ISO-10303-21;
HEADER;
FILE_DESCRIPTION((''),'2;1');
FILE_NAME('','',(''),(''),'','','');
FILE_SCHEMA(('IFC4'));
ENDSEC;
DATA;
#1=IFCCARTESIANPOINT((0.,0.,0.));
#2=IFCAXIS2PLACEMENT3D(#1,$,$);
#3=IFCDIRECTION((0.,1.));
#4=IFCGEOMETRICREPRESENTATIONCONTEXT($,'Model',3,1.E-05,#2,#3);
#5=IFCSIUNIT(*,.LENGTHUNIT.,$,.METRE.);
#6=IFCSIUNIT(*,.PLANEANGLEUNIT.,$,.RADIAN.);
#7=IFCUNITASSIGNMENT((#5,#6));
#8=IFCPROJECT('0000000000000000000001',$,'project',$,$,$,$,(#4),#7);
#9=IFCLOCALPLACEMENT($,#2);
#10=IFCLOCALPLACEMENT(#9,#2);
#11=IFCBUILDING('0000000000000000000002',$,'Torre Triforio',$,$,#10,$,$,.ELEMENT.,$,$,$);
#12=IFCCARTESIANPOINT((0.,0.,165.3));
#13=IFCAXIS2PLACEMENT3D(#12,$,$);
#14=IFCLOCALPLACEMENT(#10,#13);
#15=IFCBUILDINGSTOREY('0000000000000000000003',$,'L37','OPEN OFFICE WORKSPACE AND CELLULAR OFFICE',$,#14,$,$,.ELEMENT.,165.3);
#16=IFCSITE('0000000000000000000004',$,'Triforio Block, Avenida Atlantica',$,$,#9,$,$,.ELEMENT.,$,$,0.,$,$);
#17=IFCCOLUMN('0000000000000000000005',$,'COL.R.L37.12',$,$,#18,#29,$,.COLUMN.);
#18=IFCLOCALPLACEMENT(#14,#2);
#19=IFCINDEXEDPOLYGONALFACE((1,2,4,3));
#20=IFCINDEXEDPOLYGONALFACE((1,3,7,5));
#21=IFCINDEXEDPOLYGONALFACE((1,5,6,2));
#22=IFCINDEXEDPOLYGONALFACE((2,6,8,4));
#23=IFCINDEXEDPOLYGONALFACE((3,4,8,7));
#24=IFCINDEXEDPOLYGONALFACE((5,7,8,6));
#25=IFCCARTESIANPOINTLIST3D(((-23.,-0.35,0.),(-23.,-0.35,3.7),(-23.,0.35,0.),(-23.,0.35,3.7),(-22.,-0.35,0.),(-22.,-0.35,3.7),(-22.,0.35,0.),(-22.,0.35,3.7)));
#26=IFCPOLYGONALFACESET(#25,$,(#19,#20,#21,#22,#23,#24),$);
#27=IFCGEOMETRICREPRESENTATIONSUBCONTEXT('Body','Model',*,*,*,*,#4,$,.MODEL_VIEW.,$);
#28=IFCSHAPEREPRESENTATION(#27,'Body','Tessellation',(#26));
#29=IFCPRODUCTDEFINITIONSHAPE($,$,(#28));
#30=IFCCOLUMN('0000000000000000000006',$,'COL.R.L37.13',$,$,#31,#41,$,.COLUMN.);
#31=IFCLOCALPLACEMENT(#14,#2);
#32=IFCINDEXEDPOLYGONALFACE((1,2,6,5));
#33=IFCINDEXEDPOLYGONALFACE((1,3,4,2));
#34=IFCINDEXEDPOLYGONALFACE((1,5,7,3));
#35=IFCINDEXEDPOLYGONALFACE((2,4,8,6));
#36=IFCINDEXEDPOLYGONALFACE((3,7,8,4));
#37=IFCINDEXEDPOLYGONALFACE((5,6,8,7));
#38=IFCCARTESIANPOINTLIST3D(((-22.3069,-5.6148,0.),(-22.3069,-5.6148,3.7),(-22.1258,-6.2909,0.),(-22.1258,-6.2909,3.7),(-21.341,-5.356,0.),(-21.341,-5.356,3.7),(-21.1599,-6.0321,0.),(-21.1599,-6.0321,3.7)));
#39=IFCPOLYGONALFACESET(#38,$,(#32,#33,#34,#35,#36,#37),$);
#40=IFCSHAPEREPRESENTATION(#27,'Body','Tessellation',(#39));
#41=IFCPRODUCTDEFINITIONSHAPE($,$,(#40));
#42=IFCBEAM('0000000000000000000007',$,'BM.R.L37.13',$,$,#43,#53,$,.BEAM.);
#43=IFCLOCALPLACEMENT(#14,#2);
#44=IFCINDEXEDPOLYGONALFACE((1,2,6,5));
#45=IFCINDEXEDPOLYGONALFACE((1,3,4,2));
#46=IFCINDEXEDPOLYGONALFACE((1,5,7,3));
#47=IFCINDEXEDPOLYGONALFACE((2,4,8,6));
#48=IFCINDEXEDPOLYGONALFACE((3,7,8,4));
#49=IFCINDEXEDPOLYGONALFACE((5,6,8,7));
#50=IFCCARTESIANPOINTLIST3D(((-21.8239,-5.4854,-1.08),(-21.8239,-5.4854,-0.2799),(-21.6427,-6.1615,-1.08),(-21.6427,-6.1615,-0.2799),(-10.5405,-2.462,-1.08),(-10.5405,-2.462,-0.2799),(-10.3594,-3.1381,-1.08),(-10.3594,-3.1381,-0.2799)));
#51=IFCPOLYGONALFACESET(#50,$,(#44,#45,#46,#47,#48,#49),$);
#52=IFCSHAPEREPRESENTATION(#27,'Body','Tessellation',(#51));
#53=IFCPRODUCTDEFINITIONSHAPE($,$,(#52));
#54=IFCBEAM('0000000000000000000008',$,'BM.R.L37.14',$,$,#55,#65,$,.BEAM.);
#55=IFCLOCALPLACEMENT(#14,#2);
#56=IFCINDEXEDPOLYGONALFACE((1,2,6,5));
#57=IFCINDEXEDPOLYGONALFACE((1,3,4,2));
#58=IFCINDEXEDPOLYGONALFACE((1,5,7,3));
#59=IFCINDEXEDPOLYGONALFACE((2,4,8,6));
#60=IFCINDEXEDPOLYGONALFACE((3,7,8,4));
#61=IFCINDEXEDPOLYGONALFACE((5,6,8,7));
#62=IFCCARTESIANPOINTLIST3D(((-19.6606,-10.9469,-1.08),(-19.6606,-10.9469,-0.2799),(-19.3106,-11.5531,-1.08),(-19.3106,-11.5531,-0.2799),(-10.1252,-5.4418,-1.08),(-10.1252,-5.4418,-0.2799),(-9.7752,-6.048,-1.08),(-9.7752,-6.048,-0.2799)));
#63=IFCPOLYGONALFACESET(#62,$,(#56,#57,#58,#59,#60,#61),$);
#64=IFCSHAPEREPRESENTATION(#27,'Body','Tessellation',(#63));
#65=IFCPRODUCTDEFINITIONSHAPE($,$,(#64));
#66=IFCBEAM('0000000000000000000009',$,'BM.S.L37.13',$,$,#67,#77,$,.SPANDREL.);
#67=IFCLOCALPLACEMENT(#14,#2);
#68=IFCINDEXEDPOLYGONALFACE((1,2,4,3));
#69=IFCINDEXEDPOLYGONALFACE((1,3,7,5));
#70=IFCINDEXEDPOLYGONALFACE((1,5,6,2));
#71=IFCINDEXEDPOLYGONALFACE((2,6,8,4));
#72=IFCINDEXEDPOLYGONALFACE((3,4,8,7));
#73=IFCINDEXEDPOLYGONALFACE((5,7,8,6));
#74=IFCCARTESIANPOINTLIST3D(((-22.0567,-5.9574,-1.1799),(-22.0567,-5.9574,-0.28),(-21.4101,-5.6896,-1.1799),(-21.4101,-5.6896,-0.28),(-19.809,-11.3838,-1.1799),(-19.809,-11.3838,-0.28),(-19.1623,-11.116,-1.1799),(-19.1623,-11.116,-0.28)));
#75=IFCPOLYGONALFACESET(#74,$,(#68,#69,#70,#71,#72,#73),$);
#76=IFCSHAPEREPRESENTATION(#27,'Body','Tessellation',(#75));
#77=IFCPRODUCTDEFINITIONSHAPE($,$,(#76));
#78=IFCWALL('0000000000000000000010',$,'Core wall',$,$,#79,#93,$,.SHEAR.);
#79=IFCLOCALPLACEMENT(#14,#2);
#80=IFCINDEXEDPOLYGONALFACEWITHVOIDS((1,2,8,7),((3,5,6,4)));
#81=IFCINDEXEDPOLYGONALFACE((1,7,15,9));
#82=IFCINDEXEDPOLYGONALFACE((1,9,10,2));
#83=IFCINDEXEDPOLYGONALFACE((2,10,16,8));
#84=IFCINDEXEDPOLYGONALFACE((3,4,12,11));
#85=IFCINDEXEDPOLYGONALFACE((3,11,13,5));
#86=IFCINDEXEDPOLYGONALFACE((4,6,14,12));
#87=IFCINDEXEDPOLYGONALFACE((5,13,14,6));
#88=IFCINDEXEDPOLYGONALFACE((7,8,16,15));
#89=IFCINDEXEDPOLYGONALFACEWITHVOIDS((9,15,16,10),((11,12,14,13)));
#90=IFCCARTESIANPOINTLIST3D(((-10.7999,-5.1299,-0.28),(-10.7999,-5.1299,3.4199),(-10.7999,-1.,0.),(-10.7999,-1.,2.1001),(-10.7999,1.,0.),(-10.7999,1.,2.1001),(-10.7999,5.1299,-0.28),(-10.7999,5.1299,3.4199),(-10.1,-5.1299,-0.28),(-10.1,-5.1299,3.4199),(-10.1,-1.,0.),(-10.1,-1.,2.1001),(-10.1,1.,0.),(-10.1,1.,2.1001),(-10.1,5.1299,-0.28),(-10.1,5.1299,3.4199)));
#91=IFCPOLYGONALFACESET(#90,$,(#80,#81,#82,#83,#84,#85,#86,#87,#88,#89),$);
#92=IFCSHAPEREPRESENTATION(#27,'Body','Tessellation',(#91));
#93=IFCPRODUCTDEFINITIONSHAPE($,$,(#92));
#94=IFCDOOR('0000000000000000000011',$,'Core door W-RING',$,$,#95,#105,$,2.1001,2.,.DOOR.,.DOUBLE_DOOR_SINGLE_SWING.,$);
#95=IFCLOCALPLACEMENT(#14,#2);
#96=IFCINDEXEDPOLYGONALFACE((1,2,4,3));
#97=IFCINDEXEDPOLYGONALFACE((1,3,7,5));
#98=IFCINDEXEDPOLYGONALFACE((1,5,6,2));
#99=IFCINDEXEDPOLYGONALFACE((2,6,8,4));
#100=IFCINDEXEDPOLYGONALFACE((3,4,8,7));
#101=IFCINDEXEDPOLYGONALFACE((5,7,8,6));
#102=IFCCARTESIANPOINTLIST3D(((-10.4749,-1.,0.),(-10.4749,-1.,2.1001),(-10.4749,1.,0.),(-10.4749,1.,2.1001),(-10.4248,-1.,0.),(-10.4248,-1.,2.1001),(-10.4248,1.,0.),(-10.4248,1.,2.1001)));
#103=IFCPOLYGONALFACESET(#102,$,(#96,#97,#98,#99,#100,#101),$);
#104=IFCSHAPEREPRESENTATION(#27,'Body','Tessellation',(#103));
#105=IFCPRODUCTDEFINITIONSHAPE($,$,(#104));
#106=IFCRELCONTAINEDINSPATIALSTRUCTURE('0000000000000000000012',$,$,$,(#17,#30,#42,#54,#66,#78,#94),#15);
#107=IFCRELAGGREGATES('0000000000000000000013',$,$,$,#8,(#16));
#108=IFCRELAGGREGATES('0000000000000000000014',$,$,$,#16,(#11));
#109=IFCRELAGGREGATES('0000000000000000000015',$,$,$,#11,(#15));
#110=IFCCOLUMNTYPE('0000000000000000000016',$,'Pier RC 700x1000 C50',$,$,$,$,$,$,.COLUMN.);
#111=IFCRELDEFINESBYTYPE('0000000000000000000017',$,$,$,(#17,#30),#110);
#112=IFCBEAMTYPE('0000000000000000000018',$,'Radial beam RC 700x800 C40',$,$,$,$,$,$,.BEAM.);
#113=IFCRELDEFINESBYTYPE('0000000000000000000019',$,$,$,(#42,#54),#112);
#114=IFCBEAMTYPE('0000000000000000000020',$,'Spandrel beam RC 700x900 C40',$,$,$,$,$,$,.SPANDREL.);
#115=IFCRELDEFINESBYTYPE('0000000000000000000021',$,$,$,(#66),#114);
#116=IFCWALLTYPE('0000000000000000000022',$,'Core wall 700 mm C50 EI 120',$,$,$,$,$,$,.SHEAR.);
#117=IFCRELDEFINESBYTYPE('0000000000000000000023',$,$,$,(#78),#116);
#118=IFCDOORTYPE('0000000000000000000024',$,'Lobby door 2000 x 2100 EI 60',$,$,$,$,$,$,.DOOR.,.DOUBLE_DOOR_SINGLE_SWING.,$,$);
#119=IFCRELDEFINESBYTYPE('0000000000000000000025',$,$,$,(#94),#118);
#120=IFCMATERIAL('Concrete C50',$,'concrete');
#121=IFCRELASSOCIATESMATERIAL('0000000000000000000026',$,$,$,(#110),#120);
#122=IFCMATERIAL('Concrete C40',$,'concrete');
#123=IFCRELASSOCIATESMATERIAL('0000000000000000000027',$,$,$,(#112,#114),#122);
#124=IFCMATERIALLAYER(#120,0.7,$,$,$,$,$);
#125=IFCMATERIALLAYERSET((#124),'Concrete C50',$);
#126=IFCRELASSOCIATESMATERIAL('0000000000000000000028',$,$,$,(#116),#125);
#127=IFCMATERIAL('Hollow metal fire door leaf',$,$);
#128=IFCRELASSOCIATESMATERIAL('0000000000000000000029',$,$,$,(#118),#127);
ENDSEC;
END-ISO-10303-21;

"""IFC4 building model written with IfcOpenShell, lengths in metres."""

from ifc_helpers import new_model, si_unit, direction, frame, frame_2d, origin, origin_2d, place, context, subcontext, project, spatial, rectangle, extrude, material, layer, layer_set, material_profile, profile_set, type_object, element, fill, save


model = new_model("IFC4")

# Units and contexts
model_context = context("Model", 3, precision=1e-05, world=origin(), true_north=direction((0.0, 1.0)))
body_context = subcontext(model_context, "Body", "Model", "MODEL_VIEW")
ifc_project = project(units=[si_unit("LENGTHUNIT", "METRE"), si_unit("PLANEANGLEUNIT", "RADIAN")], contexts=[model_context])

# Site, building, storey
site_placement = place(None, origin())
site = spatial("IfcSite", under=ifc_project, at=site_placement, Name="Triforio Block, Avenida Atlantica", CompositionType="ELEMENT", RefElevation=0.0)
building_placement = place(site_placement, origin())
building = spatial("IfcBuilding", under=site, at=building_placement, Name="Torre Triforio", CompositionType="ELEMENT")
storey_placement = place(building_placement, frame((0.0, 0.0, 165.3)))
storey = spatial("IfcBuildingStorey", under=building, at=storey_placement, Name="L37", Description="OPEN OFFICE WORKSPACE AND CELLULAR OFFICE", CompositionType="ELEMENT", Elevation=165.3)

# Columns
ifc_material_1 = material(Name="Concrete C50", Category="concrete")
ifc_material_profile_1 = material_profile(ifc_material_1, rectangle(XDim=0.7, YDim=1.0, at=origin_2d()), Name="RC 700x1000")
ifc_profile_set_1 = profile_set([ifc_material_profile_1], Name="Concrete C50")
column_type = type_object("IfcColumnType", Name="Pier RC 700x1000 C50", PredefinedType="COLUMN", material=ifc_profile_set_1)
for number, where, z_axis, x_axis, name in (
    (1, (-22.5, 0.0, 0.0), (0.0, 0.0, 1.0), (0.0, -1.0, 0.0), "COL.R.L37.12"),
    (2, (-21.7334, -5.8235, 0.0), (0.0, 0.0, 1.0), (0.258819, -0.965926, 0.0), "COL.R.L37.13"),
):
    element("IfcColumn", number, at=place(storey_placement, frame(where, z_axis=z_axis, x_axis=x_axis)), inside=storey, type_object=column_type, Name=name, PredefinedType="COLUMN", context=body_context, shape_type="SweptSolid", body=[
        extrude(rectangle(XDim=0.7, YDim=1.0, at=origin_2d()), origin(), (0.0, 0.0, 1.0), 3.7),
    ])

# Beams
ifc_material_2 = material(Name="Concrete C40", Category="concrete")
ifc_material_profile_2 = material_profile(ifc_material_2, rectangle(XDim=0.7, YDim=0.8, at=origin_2d()), Name="RC 700x800")
ifc_profile_set_2 = profile_set([ifc_material_profile_2], Name="Concrete C40")
beam_type_1 = type_object("IfcBeamType", Name="Radial beam RC 700x800 C40", PredefinedType="BEAM", material=ifc_profile_set_2)
beam_1_placement = place(storey_placement, frame((-10.45, -2.8, -0.6799), z_axis=(-0.965925, -0.258823, 0.0), x_axis=(0.258823, -0.965925, 0.0)))
element("IfcBeam", 3, at=beam_1_placement, inside=storey, type_object=beam_type_1, Name="BM.R.L37.13", PredefinedType="BEAM", context=body_context, shape_type="SweptSolid", body=[
    extrude(rectangle(XDim=0.7, YDim=0.8, at=origin_2d()), origin(), (0.0, 0.0, 1.0), 11.6814),
])
beam_2_placement = place(storey_placement, frame((-9.9502, -5.7449, -0.6799), z_axis=(-0.866031, -0.499991, 0.0), x_axis=(0.499991, -0.866031, 0.0)))
element("IfcBeam", 4, at=beam_2_placement, inside=storey, type_object=beam_type_1, Name="BM.R.L37.14", PredefinedType="BEAM", context=body_context, shape_type="SweptSolid", body=[
    extrude(rectangle(XDim=0.7, YDim=0.8, at=origin_2d()), origin(), (0.0, 0.0, 1.0), 11.0105),
])
ifc_material_profile_3 = material_profile(ifc_material_2, rectangle(XDim=0.7, YDim=0.8999, at=origin_2d()), Name="RC 700x900")
ifc_profile_set_3 = profile_set([ifc_material_profile_3], Name="Concrete C40")
beam_type_2 = type_object("IfcBeamType", Name="Spandrel beam RC 700x900 C40", PredefinedType="SPANDREL", material=ifc_profile_set_3)
beam_3_placement = place(storey_placement, frame((-21.7334, -5.8235, -0.73), z_axis=(0.382693, -0.923875, 0.0), x_axis=(0.923875, 0.382693, 0.0)))
element("IfcBeam", 5, at=beam_3_placement, inside=storey, type_object=beam_type_2, Name="BM.S.L37.13", PredefinedType="SPANDREL", context=body_context, shape_type="SweptSolid", body=[
    extrude(rectangle(XDim=0.7, YDim=0.8999, at=origin_2d()), origin(), (0.0, 0.0, 1.0), 5.8735),
])

# Wall, opening, door
ifc_layer_1 = layer(ifc_material_1, 0.7)
ifc_layer_set_1 = layer_set([ifc_layer_1], Name="Concrete C50")
wall_type_1 = type_object("IfcWallType", Name="Core wall 700 mm C50 EI 120", PredefinedType="SHEAR", material=ifc_layer_set_1)
wall_1_placement = place(storey_placement, frame((-10.45, -5.1299, -0.28), z_axis=(0.0, 0.0, 1.0), x_axis=(0.0, 1.0, 0.0)))
wall_1 = element("IfcWall", 6, at=wall_1_placement, inside=storey, type_object=wall_type_1, Name="Core wall", PredefinedType="SHEAR", context=body_context, shape_type="SweptSolid", body=[
    extrude(rectangle(XDim=10.2598, YDim=0.7, at=frame_2d((5.1299, 0.0))), origin(), (0.0, 0.0, 1.0), 3.7),
])
opening_1_placement = place(wall_1_placement, frame((4.1299, 0.0, 0.28)))
opening_1 = element("IfcOpeningElement", 7, at=opening_1_placement, cuts=wall_1, PredefinedType="OPENING", context=body_context, shape_type="SweptSolid", body=[
    extrude(rectangle(XDim=2.0, YDim=2.1001, at=frame_2d((1.0, 1.05))), frame((0.0, 0.3599, 0.0), z_axis=(0.0, -1.0, 0.0), x_axis=(1.0, 0.0, 0.0)), (0.0, 0.0, 1.0), 0.72),
])
ifc_material_3 = material(Name="Hollow metal fire door leaf")
door_type_1 = type_object("IfcDoorType", Name="Lobby door 2000 x 2100 EI 60", OperationType="DOUBLE_DOOR_SINGLE_SWING", PredefinedType="DOOR", material=ifc_material_3)
door_1_placement = place(opening_1_placement, origin())
door_1 = element("IfcDoor", 8, at=door_1_placement, inside=storey, type_object=door_type_1, Name="Core door W-RING", OperationType="DOUBLE_DOOR_SINGLE_SWING", OverallHeight=2.1001, OverallWidth=2.0, PredefinedType="DOOR", context=body_context, shape_type="SweptSolid", body=[
    extrude(rectangle(XDim=2.0, YDim=2.1001, at=frame_2d((1.0, 1.05))), frame((0.0, 0.0249, 0.0), z_axis=(0.0, -1.0, 0.0), x_axis=(1.0, 0.0, 0.0)), (0.0, 0.0, 1.0), 0.05),
])
fill(opening_1, door_1)

save(model, "model.ifc")
